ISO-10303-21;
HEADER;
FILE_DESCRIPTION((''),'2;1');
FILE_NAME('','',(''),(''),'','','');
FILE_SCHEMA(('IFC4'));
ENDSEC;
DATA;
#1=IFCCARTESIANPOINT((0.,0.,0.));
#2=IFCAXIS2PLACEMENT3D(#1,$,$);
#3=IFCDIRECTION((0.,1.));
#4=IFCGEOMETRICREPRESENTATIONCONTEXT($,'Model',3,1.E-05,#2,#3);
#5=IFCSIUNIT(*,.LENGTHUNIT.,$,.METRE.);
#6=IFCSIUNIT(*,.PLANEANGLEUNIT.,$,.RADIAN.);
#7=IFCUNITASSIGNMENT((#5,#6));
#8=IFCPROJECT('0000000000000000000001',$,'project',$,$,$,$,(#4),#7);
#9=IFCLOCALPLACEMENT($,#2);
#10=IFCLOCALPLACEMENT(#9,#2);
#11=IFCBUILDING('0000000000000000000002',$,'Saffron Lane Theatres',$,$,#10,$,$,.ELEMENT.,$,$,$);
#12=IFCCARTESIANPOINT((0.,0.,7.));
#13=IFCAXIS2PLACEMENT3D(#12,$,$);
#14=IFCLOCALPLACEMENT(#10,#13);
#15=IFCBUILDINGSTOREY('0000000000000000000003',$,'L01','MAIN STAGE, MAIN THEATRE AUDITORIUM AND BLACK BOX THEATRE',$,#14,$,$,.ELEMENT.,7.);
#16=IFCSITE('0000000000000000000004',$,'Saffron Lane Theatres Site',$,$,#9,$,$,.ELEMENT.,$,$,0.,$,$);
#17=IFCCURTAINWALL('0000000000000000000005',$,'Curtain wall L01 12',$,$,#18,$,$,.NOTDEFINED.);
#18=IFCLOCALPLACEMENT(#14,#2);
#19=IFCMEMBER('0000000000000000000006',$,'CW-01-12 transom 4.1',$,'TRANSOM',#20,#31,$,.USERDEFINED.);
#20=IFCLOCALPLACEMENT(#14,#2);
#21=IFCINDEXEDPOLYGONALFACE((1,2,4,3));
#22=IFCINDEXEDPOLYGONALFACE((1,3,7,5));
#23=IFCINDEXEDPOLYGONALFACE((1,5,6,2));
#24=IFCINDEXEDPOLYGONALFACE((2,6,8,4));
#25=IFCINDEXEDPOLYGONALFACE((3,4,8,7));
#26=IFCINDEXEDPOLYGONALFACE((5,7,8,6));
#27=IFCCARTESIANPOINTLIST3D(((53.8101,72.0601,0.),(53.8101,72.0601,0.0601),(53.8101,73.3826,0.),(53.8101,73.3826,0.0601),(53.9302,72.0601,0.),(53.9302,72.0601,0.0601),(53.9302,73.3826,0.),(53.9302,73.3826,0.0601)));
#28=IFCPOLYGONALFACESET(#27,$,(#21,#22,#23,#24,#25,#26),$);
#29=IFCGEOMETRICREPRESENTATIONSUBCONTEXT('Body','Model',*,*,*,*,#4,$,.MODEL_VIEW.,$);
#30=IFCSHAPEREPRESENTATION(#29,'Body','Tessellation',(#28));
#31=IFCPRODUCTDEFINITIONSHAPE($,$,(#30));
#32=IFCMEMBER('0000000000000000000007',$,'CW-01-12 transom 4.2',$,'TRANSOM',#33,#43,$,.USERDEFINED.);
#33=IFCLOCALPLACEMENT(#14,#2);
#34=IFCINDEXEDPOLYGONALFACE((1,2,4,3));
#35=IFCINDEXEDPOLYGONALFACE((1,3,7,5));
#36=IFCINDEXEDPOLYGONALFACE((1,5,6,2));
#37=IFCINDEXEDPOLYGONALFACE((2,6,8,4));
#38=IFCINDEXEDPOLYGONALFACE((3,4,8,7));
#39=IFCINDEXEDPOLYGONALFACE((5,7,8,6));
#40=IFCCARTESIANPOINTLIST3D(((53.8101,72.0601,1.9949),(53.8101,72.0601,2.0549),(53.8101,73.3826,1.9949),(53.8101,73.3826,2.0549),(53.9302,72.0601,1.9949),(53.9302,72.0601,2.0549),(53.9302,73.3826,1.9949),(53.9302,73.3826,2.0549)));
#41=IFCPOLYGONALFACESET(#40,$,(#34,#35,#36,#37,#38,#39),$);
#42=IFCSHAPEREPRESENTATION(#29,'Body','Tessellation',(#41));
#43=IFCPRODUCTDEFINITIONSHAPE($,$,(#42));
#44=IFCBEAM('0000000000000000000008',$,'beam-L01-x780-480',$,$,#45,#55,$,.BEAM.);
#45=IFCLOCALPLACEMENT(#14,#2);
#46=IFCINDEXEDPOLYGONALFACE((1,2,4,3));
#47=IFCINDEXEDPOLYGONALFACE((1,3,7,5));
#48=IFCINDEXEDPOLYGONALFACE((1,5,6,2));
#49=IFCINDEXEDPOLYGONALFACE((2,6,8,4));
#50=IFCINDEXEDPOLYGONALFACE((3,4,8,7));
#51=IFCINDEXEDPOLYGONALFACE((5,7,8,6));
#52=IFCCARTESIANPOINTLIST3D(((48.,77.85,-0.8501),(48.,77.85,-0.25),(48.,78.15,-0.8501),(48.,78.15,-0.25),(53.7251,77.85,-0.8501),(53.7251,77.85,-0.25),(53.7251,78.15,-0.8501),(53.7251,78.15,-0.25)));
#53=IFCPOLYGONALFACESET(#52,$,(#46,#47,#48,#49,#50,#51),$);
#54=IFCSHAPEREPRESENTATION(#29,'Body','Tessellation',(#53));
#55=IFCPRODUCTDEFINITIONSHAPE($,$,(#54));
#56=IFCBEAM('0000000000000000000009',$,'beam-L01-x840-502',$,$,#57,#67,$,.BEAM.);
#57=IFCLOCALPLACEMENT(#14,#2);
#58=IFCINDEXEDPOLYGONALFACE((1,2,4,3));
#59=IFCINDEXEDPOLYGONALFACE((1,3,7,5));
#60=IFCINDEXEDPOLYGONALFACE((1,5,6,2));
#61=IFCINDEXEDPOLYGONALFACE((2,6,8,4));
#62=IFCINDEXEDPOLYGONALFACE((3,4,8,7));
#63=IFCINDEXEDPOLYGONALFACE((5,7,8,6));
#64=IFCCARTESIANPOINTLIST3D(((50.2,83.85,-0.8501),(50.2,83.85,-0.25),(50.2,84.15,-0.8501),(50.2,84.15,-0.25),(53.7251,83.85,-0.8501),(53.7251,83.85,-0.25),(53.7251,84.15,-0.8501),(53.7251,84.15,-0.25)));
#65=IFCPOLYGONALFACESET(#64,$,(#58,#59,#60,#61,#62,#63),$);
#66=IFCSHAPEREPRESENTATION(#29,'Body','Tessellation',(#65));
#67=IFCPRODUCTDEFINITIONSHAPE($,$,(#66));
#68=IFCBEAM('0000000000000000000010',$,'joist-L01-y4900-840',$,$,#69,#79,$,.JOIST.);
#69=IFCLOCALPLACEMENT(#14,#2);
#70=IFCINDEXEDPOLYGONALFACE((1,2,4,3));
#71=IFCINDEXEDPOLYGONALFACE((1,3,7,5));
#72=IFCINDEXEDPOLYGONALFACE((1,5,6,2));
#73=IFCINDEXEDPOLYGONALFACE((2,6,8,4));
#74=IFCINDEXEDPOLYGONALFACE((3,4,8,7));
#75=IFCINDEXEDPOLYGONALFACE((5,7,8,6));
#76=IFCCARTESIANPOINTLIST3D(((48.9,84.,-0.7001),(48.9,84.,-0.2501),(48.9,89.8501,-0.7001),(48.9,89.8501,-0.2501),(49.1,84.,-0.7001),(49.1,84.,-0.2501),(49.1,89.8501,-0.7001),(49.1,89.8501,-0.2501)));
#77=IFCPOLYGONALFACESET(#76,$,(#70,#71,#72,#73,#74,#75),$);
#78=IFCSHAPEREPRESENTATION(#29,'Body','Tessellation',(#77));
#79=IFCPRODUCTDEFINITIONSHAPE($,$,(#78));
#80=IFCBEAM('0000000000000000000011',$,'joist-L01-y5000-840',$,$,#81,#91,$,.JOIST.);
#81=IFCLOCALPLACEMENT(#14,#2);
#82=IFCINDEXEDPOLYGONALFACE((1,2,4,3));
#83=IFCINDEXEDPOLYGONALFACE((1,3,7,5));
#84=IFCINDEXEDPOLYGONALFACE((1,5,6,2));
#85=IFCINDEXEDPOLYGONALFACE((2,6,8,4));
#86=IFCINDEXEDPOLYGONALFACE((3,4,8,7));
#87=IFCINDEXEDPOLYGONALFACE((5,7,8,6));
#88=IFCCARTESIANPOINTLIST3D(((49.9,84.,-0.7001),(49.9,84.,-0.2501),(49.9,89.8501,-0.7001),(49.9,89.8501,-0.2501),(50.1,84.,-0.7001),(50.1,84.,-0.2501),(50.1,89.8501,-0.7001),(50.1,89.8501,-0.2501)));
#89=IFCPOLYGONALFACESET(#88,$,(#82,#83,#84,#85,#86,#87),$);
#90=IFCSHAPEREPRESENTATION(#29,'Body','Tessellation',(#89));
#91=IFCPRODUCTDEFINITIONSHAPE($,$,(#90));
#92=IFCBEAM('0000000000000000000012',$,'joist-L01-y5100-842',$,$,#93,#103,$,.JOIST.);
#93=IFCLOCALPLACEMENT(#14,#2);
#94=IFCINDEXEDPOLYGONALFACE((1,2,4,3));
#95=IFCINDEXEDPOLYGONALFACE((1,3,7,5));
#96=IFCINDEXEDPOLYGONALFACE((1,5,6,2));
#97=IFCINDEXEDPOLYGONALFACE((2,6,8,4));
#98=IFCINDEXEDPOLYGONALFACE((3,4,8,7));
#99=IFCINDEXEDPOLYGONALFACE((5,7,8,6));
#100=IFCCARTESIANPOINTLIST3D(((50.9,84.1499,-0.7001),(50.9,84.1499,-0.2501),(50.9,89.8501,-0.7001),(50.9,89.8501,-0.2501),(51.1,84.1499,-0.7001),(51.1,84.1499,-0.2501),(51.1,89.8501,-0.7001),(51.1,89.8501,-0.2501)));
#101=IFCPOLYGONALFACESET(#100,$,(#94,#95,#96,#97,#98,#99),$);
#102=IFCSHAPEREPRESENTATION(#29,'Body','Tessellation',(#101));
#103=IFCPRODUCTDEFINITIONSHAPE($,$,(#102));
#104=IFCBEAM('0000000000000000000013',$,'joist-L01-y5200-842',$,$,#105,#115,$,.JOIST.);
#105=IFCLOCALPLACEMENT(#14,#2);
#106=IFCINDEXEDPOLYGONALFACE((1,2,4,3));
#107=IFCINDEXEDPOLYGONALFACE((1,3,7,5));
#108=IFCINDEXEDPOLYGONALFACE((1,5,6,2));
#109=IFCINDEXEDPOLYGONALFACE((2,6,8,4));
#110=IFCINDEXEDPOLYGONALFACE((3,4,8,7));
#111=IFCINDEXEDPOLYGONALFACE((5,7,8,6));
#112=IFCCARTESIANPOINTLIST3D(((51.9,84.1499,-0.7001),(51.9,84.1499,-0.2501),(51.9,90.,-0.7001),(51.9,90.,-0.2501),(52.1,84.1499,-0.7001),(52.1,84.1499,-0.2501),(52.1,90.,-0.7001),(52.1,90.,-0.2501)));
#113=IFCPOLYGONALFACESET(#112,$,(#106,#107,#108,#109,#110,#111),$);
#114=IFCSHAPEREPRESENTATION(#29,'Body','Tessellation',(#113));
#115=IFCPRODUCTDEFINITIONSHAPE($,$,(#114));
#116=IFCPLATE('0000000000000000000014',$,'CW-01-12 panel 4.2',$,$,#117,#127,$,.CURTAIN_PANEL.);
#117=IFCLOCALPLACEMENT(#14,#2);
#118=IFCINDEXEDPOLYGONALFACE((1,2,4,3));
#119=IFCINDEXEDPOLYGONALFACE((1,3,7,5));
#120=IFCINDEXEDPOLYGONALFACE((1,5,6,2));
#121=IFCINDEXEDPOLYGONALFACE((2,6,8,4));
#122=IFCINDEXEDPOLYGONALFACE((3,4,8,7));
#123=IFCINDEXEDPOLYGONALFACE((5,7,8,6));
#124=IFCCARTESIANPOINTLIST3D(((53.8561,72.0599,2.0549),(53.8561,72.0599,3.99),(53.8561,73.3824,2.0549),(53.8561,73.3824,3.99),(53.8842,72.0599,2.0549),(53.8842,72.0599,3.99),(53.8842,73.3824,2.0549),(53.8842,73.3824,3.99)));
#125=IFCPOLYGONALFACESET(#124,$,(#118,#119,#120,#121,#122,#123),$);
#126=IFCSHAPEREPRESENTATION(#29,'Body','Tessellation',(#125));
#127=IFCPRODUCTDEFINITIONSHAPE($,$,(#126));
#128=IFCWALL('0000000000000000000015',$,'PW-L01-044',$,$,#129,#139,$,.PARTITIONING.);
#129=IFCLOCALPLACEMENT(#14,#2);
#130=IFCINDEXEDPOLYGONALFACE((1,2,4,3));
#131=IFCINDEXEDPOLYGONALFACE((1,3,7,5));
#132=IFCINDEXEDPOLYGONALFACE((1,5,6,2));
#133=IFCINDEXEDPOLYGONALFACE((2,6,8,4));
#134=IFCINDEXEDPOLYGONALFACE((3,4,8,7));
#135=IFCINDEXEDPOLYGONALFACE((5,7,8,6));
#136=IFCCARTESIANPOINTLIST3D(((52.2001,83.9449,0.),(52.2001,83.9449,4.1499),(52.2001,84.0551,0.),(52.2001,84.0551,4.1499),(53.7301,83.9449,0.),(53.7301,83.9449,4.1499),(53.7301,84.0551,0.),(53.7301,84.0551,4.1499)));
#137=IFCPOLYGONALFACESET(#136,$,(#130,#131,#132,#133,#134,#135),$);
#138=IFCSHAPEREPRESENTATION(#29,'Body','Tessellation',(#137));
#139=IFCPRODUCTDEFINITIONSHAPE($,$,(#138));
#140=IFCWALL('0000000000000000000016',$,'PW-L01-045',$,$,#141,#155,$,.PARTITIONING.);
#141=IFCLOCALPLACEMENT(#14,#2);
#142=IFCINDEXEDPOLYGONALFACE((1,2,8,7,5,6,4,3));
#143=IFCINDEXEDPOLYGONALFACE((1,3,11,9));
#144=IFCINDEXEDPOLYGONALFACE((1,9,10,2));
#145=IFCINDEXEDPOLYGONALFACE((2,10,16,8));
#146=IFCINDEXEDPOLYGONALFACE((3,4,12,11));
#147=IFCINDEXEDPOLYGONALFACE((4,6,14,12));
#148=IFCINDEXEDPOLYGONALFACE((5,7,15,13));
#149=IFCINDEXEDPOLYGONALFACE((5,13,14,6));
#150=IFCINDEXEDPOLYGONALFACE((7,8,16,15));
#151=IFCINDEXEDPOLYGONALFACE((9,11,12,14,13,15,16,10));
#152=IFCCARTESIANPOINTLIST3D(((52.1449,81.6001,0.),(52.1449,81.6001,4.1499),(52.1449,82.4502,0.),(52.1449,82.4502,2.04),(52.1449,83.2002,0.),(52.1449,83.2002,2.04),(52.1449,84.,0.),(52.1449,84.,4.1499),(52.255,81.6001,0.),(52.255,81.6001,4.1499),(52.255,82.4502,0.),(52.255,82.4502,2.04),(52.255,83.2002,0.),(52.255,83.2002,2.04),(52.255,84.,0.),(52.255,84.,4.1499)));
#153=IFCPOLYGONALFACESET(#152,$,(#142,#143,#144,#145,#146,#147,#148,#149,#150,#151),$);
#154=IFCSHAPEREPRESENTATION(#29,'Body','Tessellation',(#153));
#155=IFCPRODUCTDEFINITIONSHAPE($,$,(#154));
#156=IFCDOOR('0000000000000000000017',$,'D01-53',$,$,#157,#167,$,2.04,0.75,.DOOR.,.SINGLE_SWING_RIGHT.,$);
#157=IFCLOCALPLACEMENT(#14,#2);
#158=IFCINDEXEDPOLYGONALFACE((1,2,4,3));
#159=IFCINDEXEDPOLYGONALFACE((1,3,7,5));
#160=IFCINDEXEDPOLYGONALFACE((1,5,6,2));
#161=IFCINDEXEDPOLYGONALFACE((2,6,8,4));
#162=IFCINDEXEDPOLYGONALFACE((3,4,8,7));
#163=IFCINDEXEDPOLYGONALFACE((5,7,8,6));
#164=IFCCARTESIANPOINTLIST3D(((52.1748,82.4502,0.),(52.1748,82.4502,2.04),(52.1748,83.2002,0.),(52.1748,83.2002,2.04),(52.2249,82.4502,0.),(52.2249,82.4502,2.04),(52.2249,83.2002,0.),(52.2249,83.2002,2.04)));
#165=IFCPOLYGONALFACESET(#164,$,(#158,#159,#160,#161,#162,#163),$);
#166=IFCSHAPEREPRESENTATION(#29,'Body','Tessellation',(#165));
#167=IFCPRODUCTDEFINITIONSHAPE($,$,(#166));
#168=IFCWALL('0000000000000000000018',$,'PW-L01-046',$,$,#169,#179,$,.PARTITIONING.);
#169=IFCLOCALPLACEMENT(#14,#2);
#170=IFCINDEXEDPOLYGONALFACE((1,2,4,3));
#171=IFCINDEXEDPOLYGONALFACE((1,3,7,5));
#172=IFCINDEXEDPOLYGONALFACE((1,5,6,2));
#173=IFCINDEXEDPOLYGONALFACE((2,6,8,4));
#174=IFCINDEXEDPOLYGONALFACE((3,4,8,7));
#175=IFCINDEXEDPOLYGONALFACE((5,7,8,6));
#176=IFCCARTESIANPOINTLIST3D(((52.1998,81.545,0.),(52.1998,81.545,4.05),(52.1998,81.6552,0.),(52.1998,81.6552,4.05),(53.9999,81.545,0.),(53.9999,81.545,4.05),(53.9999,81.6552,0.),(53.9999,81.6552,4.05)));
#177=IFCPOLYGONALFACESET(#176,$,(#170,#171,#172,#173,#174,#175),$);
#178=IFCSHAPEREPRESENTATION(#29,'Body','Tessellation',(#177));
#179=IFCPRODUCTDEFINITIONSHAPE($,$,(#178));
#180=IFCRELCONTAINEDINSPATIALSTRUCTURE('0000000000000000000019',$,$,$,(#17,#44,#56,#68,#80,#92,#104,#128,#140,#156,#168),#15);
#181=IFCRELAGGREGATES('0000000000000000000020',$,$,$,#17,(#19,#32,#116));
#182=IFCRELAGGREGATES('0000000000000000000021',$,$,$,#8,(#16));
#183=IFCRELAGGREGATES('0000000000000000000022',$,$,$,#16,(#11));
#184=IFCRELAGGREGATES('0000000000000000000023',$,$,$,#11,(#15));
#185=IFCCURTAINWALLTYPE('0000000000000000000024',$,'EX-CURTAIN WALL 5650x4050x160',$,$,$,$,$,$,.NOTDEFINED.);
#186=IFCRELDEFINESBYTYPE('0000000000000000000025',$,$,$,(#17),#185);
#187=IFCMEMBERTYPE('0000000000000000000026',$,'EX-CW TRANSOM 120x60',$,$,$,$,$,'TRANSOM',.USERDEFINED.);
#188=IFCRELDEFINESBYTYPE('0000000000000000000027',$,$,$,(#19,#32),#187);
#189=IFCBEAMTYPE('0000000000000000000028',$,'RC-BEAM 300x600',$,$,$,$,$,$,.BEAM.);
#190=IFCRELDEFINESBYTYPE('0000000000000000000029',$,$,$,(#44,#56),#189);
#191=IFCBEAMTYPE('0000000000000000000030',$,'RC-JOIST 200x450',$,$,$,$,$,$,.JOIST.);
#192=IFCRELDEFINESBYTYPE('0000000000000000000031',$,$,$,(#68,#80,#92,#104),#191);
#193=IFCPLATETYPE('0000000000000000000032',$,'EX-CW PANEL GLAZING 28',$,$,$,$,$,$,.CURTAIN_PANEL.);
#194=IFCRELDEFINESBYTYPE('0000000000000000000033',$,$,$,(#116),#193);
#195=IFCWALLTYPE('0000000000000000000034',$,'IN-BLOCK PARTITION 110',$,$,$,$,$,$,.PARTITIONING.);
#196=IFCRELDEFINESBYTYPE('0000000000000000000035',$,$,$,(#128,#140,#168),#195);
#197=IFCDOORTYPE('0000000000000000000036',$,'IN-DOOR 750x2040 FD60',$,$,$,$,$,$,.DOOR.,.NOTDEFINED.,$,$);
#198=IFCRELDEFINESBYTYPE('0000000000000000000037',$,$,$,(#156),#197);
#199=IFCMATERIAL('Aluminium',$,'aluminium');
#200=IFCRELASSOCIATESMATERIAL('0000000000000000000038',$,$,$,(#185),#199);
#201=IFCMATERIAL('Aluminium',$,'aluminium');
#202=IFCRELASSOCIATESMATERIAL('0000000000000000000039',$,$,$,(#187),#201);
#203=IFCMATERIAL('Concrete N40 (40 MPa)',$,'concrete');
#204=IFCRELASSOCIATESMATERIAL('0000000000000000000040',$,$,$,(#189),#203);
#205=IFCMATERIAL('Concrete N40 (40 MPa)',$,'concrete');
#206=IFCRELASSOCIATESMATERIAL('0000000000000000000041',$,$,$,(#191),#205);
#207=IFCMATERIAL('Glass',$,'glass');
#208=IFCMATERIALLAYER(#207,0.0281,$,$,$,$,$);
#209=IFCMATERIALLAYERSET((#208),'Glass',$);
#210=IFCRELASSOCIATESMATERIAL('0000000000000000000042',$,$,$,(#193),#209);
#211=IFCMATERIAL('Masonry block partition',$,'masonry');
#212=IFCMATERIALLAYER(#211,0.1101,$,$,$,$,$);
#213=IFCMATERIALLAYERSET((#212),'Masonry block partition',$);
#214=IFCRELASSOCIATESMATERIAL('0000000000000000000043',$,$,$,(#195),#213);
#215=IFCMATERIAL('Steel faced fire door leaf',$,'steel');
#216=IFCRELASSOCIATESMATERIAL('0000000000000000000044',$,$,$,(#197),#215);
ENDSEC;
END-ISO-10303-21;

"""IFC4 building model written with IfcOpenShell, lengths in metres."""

from ifc_helpers import new_model, si_unit, direction, frame, frame_2d, origin, origin_2d, place, context, subcontext, project, spatial, rectangle, extrude, material, layer, layer_set, material_profile, profile_set, type_object, element, fill, aggregate, save


model = new_model("IFC4")

# Units and contexts
model_context = context("Model", 3, precision=1e-05, world=origin(), true_north=direction((0.0, 1.0)))
body_context = subcontext(model_context, "Body", "Model", "MODEL_VIEW")
ifc_project = project(units=[si_unit("LENGTHUNIT", "METRE"), si_unit("PLANEANGLEUNIT", "RADIAN")], contexts=[model_context])

# Site, building, storey
site_placement = place(None, origin())
site = spatial("IfcSite", under=ifc_project, at=site_placement, Name="Saffron Lane Theatres Site", CompositionType="ELEMENT", RefElevation=0.0)
building_placement = place(site_placement, origin())
building = spatial("IfcBuilding", under=site, at=building_placement, Name="Saffron Lane Theatres", CompositionType="ELEMENT")
storey_placement = place(building_placement, frame((0.0, 0.0, 7.0)))
storey = spatial("IfcBuildingStorey", under=building, at=storey_placement, Name="L01", Description="MAIN STAGE, MAIN THEATRE AUDITORIUM AND BLACK BOX THEATRE", CompositionType="ELEMENT", Elevation=7.0)

# Curtain wall, members
ifc_material_1 = material(Name="Aluminium", Category="aluminium")
curtain_wall_type = type_object("IfcCurtainWallType", Name="EX-CURTAIN WALL 5650x4050x160", PredefinedType="NOTDEFINED", material=ifc_material_1)
curtain_wall_placement = place(storey_placement, origin())
curtain_wall = element("IfcCurtainWall", 1, at=curtain_wall_placement, inside=storey, type_object=curtain_wall_type, Name="Curtain wall L01 12", PredefinedType="NOTDEFINED")
ifc_material_2 = material(Name="Aluminium", Category="aluminium")
ifc_material_profile_1 = material_profile(ifc_material_2, rectangle(XDim=0.1201, YDim=0.0601, at=origin_2d()))
ifc_profile_set_1 = profile_set([ifc_material_profile_1], Name="Aluminium")
member_type = type_object("IfcMemberType", Name="EX-CW TRANSOM 120x60", ElementType="TRANSOM", PredefinedType="USERDEFINED", material=ifc_profile_set_1)
member_1_placement = place(storey_placement, frame((53.8701, 73.3826, 0.03), z_axis=(0.0, -1.0, 0.0), x_axis=(1.0, 0.0, 0.0)))
member_1 = element("IfcMember", 2, at=member_1_placement, type_object=member_type, Name="CW-01-12 transom 4.1", ObjectType="TRANSOM", PredefinedType="USERDEFINED", context=body_context, shape_type="SweptSolid", body=[
    extrude(rectangle(XDim=0.1201, YDim=0.0601, at=origin_2d()), origin(), (0.0, 0.0, 1.0), 1.3225),
])
member_2_placement = place(storey_placement, frame((53.8701, 73.3826, 2.0249), z_axis=(0.0, -1.0, 0.0), x_axis=(1.0, 0.0, 0.0)))
member_2 = element("IfcMember", 3, at=member_2_placement, type_object=member_type, Name="CW-01-12 transom 4.2", ObjectType="TRANSOM", PredefinedType="USERDEFINED", context=body_context, shape_type="SweptSolid", body=[
    extrude(rectangle(XDim=0.1201, YDim=0.0601, at=origin_2d()), origin(), (0.0, 0.0, 1.0), 1.3225),
])

# Beams
ifc_material_3 = material(Name="Concrete N40 (40 MPa)", Category="concrete")
ifc_material_profile_2 = material_profile(ifc_material_3, rectangle(XDim=0.3, YDim=0.6001, at=origin_2d()))
ifc_profile_set_2 = profile_set([ifc_material_profile_2], Name="Concrete N40 (40 MPa)")
beam_type_1 = type_object("IfcBeamType", Name="RC-BEAM 300x600", PredefinedType="BEAM", material=ifc_profile_set_2)
beam_1_placement = place(storey_placement, frame((48.0, 78.0, -0.55), z_axis=(1.0, 0.0, 0.0), x_axis=(0.0, 1.0, 0.0)))
element("IfcBeam", 4, at=beam_1_placement, inside=storey, type_object=beam_type_1, Name="beam-L01-x780-480", PredefinedType="BEAM", context=body_context, shape_type="SweptSolid", body=[
    extrude(rectangle(XDim=0.3, YDim=0.6001, at=origin_2d()), origin(), (0.0, 0.0, 1.0), 5.7251),
])
beam_2_placement = place(storey_placement, frame((50.2, 84.0, -0.55), z_axis=(1.0, 0.0, 0.0), x_axis=(0.0, 1.0, 0.0)))
element("IfcBeam", 5, at=beam_2_placement, inside=storey, type_object=beam_type_1, Name="beam-L01-x840-502", PredefinedType="BEAM", context=body_context, shape_type="SweptSolid", body=[
    extrude(rectangle(XDim=0.3, YDim=0.6001, at=origin_2d()), origin(), (0.0, 0.0, 1.0), 3.5251),
])
ifc_material_4 = material(Name="Concrete N40 (40 MPa)", Category="concrete")
ifc_material_profile_3 = material_profile(ifc_material_4, rectangle(XDim=0.2, YDim=0.45, at=origin_2d()))
ifc_profile_set_3 = profile_set([ifc_material_profile_3], Name="Concrete N40 (40 MPa)")
beam_type_2 = type_object("IfcBeamType", Name="RC-JOIST 200x450", PredefinedType="JOIST", material=ifc_profile_set_3)
for number, where, z_axis, x_axis, name in (
    (6, (49.0, 84.0, -0.4751), (0.0, 1.0, 0.0), (-1.0, 0.0, 0.0), "joist-L01-y4900-840"),
    (7, (50.0, 84.0, -0.4751), (0.0, 1.0, 0.0), (-1.0, 0.0, 0.0), "joist-L01-y5000-840"),
):
    element("IfcBeam", number, at=place(storey_placement, frame(where, z_axis=z_axis, x_axis=x_axis)), inside=storey, type_object=beam_type_2, Name=name, PredefinedType="JOIST", context=body_context, shape_type="SweptSolid", body=[
        extrude(rectangle(XDim=0.2, YDim=0.45, at=origin_2d()), origin(), (0.0, 0.0, 1.0), 5.8501),
    ])
beam_3_placement = place(storey_placement, frame((51.0, 84.1499, -0.4751), z_axis=(0.0, 1.0, 0.0), x_axis=(-1.0, 0.0, 0.0)))
element("IfcBeam", 8, at=beam_3_placement, inside=storey, type_object=beam_type_2, Name="joist-L01-y5100-842", PredefinedType="JOIST", context=body_context, shape_type="SweptSolid", body=[
    extrude(rectangle(XDim=0.2, YDim=0.45, at=origin_2d()), origin(), (0.0, 0.0, 1.0), 5.7002),
])
beam_4_placement = place(storey_placement, frame((52.0, 84.1499, -0.4751), z_axis=(0.0, 1.0, 0.0), x_axis=(-1.0, 0.0, 0.0)))
element("IfcBeam", 9, at=beam_4_placement, inside=storey, type_object=beam_type_2, Name="joist-L01-y5200-842", PredefinedType="JOIST", context=body_context, shape_type="SweptSolid", body=[
    extrude(rectangle(XDim=0.2, YDim=0.45, at=origin_2d()), origin(), (0.0, 0.0, 1.0), 5.8501),
])

# Plate
ifc_material_5 = material(Name="Glass", Category="glass")
ifc_layer_1 = layer(ifc_material_5, 0.0281)
ifc_layer_set_1 = layer_set([ifc_layer_1], Name="Glass")
plate_type = type_object("IfcPlateType", Name="EX-CW PANEL GLAZING 28", PredefinedType="CURTAIN_PANEL", material=ifc_layer_set_1)
plate_placement = place(storey_placement, frame((53.8701, 72.7212, 2.0549), z_axis=(0.0, 0.0, 1.0), x_axis=(0.0, -1.0, 0.0)))
plate = element("IfcPlate", 10, at=plate_placement, type_object=plate_type, Name="CW-01-12 panel 4.2", PredefinedType="CURTAIN_PANEL", context=body_context, shape_type="SweptSolid", body=[
    extrude(rectangle(XDim=1.3225, YDim=0.0281, at=origin_2d()), origin(), (0.0, 0.0, 1.0), 1.9351),
])
aggregate(curtain_wall, [member_1, member_2, plate])

# Wall
ifc_material_6 = material(Name="Masonry block partition", Category="masonry")
ifc_layer_2 = layer(ifc_material_6, 0.1101)
ifc_layer_set_2 = layer_set([ifc_layer_2], Name="Masonry block partition")
wall_type_1 = type_object("IfcWallType", Name="IN-BLOCK PARTITION 110", PredefinedType="PARTITIONING", material=ifc_layer_set_2)
wall_1_placement = place(storey_placement, frame((52.2, 84.0, 0.0), z_axis=(0.0, 0.0, 1.0), x_axis=(1.0, 0.0, 0.0)))
element("IfcWall", 11, at=wall_1_placement, inside=storey, type_object=wall_type_1, Name="PW-L01-044", PredefinedType="PARTITIONING", context=body_context, shape_type="SweptSolid", body=[
    extrude(rectangle(XDim=1.53, YDim=0.1101, at=frame_2d((0.7651, 0.0))), origin(), (0.0, 0.0, 1.0), 4.1499),
])

# Wall, opening, door
wall_2_placement = place(storey_placement, frame((52.2, 81.6001, 0.0), z_axis=(0.0, 0.0, 1.0), x_axis=(0.0, 1.0, 0.0)))
wall_2 = element("IfcWall", 12, at=wall_2_placement, inside=storey, type_object=wall_type_1, Name="PW-L01-045", PredefinedType="PARTITIONING", context=body_context, shape_type="SweptSolid", body=[
    extrude(rectangle(XDim=2.3999, YDim=0.1101, at=frame_2d((1.2, 0.0))), origin(), (0.0, 0.0, 1.0), 4.1499),
])
opening_1_placement = place(wall_2_placement, frame((0.8501, 0.0, 0.0)))
opening_1 = element("IfcOpeningElement", 13, at=opening_1_placement, cuts=wall_2, PredefinedType="OPENING", context=body_context, shape_type="SweptSolid", body=[
    extrude(rectangle(XDim=0.75, YDim=2.04, at=frame_2d((0.375, 1.02))), frame((0.0, 0.0649, 0.0), z_axis=(0.0, -1.0, 0.0), x_axis=(1.0, 0.0, 0.0)), (0.0, 0.0, 1.0), 0.1301),
])
ifc_material_7 = material(Name="Steel faced fire door leaf", Category="steel")
door_type_1 = type_object("IfcDoorType", Name="IN-DOOR 750x2040 FD60", OperationType="NOTDEFINED", PredefinedType="DOOR", material=ifc_material_7)
door_1_placement = place(opening_1_placement, frame((0.75, 0.0, 0.0), z_axis=(0.0, 0.0, 1.0), x_axis=(-1.0, 0.0, 0.0)))
door_1 = element("IfcDoor", 14, at=door_1_placement, inside=storey, type_object=door_type_1, Name="D01-53", OperationType="SINGLE_SWING_RIGHT", OverallHeight=2.04, OverallWidth=0.75, PredefinedType="DOOR", context=body_context, shape_type="SweptSolid", body=[
    extrude(rectangle(XDim=0.75, YDim=2.04, at=frame_2d((0.375, 1.02))), frame((0.0, 0.0249, 0.0), z_axis=(0.0, -1.0, 0.0), x_axis=(1.0, 0.0, 0.0)), (0.0, 0.0, 1.0), 0.05),
])
fill(opening_1, door_1)

# Wall
wall_3_placement = place(storey_placement, frame((52.2, 81.6001, 0.0), z_axis=(0.0, 0.0, 1.0), x_axis=(1.0, 0.0, 0.0)))
element("IfcWall", 15, at=wall_3_placement, inside=storey, type_object=wall_type_1, Name="PW-L01-046", PredefinedType="PARTITIONING", context=body_context, shape_type="SweptSolid", body=[
    extrude(rectangle(XDim=1.8, YDim=0.1101, at=frame_2d((0.8999, 0.0))), origin(), (0.0, 0.0, 1.0), 4.05),
])

save(model, "model.ifc")
